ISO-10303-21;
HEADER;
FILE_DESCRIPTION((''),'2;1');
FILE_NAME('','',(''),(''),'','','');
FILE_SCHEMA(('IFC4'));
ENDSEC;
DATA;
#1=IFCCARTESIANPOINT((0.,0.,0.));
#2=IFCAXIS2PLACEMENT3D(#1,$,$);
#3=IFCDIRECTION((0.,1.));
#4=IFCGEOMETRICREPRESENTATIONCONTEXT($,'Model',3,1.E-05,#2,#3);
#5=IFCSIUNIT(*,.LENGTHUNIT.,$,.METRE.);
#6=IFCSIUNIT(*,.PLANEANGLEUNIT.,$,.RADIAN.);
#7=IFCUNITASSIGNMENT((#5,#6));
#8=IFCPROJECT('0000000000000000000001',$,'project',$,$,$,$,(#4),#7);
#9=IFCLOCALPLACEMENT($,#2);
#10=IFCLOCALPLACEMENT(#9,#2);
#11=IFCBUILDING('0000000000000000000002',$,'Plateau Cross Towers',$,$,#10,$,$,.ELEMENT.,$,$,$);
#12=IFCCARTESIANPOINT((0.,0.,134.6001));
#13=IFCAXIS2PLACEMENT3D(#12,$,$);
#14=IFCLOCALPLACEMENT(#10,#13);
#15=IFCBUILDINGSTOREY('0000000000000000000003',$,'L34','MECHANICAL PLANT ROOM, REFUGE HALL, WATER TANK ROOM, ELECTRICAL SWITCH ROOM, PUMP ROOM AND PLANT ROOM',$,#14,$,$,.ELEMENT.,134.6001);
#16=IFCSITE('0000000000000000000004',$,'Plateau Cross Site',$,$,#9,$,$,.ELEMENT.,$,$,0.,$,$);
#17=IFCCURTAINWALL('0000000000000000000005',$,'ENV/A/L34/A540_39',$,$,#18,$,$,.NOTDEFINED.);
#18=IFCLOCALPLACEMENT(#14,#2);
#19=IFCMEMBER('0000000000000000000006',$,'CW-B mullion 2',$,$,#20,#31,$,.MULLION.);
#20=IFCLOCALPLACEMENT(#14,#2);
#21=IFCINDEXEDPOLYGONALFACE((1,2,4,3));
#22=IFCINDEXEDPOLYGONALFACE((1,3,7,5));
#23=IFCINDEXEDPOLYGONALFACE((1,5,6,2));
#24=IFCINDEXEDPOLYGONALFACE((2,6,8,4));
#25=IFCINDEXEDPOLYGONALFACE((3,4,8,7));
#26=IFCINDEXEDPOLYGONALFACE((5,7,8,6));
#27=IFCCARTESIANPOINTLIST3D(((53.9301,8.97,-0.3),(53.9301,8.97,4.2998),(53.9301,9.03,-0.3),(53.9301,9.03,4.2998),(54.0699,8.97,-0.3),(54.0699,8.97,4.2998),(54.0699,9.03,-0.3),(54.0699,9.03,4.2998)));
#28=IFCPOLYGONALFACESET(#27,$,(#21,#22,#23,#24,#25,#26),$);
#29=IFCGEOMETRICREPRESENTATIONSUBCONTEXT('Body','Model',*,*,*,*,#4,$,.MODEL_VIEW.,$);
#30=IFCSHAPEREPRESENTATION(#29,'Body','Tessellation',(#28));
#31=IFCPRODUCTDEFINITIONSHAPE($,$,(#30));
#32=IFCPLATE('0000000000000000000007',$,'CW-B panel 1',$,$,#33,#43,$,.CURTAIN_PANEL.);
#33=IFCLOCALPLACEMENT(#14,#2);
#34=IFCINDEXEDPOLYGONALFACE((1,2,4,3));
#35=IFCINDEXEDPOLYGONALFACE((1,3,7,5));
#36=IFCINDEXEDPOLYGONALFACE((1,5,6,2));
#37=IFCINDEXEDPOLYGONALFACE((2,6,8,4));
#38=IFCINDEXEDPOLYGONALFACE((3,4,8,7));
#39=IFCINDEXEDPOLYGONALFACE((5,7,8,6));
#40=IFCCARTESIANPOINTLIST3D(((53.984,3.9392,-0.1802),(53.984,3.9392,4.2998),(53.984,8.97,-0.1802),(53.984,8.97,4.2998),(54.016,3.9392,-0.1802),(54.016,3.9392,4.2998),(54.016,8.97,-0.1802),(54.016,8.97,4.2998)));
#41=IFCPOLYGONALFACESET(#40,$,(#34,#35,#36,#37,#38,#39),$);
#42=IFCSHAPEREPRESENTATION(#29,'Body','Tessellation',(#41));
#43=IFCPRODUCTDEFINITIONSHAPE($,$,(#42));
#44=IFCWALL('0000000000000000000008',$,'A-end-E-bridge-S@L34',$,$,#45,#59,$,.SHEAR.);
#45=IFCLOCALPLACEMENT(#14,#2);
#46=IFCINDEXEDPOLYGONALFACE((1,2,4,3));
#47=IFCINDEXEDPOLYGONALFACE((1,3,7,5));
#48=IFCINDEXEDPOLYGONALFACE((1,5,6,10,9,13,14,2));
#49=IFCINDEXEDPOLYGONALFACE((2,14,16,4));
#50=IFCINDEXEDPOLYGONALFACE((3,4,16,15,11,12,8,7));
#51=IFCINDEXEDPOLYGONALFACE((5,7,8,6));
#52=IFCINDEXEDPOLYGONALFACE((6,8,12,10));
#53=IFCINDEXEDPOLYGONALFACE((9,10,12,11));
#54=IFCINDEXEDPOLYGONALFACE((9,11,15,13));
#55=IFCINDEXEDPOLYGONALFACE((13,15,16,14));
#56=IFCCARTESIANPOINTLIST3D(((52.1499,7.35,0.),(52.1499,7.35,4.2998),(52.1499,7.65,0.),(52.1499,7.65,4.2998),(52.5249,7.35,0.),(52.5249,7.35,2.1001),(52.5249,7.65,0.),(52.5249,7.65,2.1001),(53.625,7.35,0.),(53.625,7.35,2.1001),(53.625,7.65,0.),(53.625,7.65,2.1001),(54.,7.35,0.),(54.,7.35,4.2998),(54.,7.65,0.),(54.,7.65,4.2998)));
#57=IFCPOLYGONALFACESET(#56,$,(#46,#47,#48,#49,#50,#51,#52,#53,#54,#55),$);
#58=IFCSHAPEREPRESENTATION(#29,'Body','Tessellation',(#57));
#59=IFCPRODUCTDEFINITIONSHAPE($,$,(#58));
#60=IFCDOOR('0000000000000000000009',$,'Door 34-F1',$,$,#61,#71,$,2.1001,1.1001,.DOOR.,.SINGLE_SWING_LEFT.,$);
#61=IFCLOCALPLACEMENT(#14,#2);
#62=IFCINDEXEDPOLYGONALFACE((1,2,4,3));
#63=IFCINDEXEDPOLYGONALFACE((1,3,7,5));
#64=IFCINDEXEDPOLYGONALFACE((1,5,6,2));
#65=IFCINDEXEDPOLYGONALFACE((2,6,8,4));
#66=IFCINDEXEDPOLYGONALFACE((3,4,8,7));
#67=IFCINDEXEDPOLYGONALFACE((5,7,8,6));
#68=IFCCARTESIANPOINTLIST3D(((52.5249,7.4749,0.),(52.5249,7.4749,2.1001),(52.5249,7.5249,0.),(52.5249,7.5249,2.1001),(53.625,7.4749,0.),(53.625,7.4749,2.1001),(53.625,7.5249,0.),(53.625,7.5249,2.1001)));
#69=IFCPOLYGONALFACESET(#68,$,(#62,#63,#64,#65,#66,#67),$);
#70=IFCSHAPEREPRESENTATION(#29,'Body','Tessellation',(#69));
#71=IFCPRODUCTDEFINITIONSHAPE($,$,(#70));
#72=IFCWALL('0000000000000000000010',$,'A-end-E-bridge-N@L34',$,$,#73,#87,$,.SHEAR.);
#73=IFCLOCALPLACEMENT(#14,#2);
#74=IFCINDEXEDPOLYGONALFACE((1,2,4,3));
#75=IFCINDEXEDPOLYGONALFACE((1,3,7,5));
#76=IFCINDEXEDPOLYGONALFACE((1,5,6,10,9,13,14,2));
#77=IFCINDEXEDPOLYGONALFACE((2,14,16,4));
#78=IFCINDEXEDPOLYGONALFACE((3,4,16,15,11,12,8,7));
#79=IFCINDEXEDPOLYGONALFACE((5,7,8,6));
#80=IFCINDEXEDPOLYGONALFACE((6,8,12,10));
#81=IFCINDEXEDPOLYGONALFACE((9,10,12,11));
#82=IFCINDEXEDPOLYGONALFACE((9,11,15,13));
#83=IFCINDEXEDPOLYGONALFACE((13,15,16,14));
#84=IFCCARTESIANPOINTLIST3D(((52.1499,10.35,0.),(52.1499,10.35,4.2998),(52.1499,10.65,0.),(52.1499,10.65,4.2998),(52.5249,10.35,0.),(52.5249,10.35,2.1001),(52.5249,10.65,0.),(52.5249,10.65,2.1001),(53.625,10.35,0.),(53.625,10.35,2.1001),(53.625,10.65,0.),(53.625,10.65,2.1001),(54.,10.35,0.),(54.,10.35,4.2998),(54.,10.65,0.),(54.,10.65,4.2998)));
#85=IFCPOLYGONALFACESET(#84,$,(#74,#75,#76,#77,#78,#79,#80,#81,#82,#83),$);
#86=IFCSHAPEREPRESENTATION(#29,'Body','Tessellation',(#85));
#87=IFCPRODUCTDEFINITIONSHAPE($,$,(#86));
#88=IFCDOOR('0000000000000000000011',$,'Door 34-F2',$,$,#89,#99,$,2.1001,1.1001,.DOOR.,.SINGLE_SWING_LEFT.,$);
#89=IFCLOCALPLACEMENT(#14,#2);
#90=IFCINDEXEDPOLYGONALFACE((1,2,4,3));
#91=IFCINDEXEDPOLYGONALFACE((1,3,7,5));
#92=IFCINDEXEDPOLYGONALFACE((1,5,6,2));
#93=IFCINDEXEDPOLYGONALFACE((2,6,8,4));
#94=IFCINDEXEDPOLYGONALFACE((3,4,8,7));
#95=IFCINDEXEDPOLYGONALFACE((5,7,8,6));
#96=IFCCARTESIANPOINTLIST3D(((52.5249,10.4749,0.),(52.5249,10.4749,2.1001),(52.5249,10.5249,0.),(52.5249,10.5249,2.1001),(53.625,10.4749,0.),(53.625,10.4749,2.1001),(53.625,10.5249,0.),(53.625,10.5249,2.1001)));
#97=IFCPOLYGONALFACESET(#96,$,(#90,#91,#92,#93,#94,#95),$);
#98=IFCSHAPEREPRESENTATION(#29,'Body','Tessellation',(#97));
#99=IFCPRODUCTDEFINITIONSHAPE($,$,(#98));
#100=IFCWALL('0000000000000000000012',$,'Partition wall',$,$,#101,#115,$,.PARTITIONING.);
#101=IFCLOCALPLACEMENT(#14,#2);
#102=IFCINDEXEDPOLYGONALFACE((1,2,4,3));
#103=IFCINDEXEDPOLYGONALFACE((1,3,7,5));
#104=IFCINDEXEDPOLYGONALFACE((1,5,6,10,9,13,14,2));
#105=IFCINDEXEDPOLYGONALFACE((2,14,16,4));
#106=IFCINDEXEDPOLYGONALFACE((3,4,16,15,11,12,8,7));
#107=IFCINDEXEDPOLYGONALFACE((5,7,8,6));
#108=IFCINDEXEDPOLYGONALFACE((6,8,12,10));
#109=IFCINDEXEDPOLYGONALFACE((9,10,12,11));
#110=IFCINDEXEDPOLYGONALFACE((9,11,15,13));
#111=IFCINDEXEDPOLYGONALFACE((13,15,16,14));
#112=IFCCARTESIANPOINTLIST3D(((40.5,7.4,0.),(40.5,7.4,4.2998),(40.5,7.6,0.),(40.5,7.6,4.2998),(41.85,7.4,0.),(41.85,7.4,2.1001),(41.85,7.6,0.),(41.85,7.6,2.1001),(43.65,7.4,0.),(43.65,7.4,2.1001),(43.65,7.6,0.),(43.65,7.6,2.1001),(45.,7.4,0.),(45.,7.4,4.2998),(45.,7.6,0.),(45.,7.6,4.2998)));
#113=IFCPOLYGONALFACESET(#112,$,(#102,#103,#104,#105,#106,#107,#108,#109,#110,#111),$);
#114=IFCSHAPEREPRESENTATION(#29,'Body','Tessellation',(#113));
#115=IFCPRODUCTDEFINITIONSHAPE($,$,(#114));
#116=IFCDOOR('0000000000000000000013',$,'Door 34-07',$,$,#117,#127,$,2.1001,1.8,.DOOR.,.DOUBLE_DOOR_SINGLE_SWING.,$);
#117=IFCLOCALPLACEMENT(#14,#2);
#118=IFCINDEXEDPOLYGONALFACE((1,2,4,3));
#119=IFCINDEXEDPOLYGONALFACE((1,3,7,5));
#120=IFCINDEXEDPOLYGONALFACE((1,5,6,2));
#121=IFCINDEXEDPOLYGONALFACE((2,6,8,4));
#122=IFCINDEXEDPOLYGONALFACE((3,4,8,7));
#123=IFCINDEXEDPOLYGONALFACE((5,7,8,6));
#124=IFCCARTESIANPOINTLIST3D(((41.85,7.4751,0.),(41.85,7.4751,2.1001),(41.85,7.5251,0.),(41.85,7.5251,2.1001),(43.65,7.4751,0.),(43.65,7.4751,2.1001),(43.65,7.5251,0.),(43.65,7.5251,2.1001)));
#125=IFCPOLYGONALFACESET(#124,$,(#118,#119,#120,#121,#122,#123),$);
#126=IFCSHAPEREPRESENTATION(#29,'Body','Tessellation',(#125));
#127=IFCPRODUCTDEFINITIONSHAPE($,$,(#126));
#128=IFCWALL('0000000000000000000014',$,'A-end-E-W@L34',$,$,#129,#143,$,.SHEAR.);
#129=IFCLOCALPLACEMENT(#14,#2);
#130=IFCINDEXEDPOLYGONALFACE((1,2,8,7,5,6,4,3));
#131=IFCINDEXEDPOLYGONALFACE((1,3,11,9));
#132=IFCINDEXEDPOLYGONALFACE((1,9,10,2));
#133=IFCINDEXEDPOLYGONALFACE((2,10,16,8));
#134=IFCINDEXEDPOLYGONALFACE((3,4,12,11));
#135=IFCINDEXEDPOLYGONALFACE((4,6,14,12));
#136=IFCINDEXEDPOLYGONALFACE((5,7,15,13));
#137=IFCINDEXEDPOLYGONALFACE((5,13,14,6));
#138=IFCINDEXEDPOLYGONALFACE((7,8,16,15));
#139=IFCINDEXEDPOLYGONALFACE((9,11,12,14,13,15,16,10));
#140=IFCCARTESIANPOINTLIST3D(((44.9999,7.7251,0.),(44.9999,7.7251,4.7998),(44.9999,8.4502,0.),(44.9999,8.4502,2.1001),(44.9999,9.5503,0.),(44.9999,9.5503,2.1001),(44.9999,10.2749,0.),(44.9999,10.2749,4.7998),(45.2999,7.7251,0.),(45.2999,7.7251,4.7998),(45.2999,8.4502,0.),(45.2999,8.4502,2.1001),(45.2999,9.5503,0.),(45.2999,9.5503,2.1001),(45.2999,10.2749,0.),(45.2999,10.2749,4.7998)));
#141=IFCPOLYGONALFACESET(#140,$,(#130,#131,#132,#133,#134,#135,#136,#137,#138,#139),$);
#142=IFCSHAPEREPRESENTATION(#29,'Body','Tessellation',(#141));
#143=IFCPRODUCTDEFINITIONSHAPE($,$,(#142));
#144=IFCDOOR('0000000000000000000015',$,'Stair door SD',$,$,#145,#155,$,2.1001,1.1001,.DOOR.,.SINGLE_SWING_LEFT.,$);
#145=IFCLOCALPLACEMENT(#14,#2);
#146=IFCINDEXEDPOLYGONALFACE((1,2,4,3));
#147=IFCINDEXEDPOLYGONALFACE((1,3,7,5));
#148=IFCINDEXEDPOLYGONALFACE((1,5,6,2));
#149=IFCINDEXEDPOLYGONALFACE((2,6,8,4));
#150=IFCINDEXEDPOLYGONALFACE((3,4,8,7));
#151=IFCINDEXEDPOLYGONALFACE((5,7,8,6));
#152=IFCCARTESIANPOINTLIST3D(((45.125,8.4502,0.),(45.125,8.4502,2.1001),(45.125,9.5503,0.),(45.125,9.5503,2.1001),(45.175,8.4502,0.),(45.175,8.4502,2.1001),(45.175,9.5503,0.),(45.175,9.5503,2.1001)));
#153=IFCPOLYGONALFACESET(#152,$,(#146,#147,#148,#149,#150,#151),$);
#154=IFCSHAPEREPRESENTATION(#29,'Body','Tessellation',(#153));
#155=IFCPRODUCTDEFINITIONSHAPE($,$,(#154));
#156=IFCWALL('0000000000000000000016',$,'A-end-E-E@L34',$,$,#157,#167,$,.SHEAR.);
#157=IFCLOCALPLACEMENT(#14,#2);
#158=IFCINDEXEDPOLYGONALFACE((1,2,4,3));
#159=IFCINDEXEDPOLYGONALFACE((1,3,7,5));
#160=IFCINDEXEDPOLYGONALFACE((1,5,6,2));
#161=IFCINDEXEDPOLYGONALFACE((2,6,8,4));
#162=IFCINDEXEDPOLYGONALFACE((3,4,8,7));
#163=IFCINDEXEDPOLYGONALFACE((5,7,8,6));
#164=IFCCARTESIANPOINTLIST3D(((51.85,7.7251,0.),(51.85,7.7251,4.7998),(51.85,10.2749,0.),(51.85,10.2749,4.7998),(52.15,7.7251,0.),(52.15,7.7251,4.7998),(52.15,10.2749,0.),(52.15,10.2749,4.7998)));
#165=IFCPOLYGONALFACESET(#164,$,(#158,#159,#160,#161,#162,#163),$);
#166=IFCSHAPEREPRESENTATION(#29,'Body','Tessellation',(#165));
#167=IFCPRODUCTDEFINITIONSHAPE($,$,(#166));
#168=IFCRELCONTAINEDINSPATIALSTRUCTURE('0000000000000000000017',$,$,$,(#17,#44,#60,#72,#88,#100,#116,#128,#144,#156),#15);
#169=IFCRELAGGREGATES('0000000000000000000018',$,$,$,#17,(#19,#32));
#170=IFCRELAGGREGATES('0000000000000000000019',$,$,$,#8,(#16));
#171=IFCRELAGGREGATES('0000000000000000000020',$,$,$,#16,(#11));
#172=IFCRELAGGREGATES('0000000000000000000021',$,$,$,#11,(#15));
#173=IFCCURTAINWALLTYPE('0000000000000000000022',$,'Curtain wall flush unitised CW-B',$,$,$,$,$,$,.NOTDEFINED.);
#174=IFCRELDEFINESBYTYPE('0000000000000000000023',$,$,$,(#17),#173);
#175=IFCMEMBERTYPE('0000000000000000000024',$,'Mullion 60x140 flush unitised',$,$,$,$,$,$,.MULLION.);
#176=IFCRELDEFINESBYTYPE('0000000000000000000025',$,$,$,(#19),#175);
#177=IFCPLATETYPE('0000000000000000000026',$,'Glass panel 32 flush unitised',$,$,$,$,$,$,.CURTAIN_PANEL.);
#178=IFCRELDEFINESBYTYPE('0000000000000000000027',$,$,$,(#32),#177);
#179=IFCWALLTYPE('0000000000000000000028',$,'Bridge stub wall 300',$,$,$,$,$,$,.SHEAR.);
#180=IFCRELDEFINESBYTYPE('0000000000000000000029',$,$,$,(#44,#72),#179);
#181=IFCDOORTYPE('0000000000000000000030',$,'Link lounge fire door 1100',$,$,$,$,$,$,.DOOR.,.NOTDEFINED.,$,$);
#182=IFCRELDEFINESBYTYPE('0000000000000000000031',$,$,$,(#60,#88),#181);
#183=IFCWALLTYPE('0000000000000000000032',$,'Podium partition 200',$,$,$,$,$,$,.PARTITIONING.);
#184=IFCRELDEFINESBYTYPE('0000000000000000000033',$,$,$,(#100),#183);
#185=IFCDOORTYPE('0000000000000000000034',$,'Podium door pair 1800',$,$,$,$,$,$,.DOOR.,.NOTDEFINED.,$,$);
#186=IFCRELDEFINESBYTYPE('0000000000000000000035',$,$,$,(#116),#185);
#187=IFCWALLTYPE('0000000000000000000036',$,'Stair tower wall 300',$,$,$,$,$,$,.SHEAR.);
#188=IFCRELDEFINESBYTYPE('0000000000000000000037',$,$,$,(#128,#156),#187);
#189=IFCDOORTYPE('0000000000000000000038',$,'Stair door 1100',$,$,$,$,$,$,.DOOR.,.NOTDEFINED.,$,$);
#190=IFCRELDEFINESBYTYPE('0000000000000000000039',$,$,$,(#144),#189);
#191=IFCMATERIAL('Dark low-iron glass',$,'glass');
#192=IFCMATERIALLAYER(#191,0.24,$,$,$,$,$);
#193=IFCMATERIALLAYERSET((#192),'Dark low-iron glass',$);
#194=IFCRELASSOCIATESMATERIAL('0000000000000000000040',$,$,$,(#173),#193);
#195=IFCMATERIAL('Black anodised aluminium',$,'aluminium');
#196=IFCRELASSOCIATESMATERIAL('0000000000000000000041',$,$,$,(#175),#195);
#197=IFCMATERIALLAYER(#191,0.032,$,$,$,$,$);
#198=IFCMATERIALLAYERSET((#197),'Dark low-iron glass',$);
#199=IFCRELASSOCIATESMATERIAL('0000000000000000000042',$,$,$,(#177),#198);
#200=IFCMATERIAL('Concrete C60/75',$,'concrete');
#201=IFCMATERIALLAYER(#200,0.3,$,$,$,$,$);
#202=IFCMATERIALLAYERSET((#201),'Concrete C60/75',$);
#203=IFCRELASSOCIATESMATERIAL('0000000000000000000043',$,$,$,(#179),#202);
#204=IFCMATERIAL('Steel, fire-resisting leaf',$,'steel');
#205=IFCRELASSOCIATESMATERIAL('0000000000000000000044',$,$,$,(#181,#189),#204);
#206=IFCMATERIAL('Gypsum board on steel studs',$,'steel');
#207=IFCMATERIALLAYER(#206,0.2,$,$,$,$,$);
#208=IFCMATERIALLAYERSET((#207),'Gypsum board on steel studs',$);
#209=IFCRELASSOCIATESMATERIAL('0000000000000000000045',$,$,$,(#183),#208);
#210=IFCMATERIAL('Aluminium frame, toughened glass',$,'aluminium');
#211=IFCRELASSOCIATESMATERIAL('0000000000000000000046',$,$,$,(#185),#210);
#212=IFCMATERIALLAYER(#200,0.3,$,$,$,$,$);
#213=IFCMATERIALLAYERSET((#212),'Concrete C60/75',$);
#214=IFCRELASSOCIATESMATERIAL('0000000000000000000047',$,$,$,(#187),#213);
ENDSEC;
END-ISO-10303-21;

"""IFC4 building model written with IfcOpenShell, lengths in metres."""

from ifc_helpers import new_model, si_unit, direction, frame, frame_2d, origin, origin_2d, place, context, subcontext, project, spatial, rectangle, extrude, material, layer, layer_set, material_profile, profile_set, type_object, element, fill, aggregate, save


model = new_model("IFC4")

# Units and contexts
model_context = context("Model", 3, precision=1e-05, world=origin(), true_north=direction((0.0, 1.0)))
body_context = subcontext(model_context, "Body", "Model", "MODEL_VIEW")
ifc_project = project(units=[si_unit("LENGTHUNIT", "METRE"), si_unit("PLANEANGLEUNIT", "RADIAN")], contexts=[model_context])

# Site, building, storey
site_placement = place(None, origin())
site = spatial("IfcSite", under=ifc_project, at=site_placement, Name="Plateau Cross Site", CompositionType="ELEMENT", RefElevation=0.0)
building_placement = place(site_placement, origin())
building = spatial("IfcBuilding", under=site, at=building_placement, Name="Plateau Cross Towers", CompositionType="ELEMENT")
storey_placement = place(building_placement, frame((0.0, 0.0, 134.6001)))
storey = spatial("IfcBuildingStorey", under=building, at=storey_placement, Name="L34", Description="MECHANICAL PLANT ROOM, REFUGE HALL, WATER TANK ROOM, ELECTRICAL SWITCH ROOM, PUMP ROOM AND PLANT ROOM", CompositionType="ELEMENT", Elevation=134.6001)

# Curtain wall, member, plate
ifc_material_1 = material(Name="Dark low-iron glass", Category="glass")
ifc_layer_1 = layer(ifc_material_1, 0.24)
ifc_layer_set_1 = layer_set([ifc_layer_1], Name="Dark low-iron glass")
curtain_wall_type = type_object("IfcCurtainWallType", Name="Curtain wall flush unitised CW-B", PredefinedType="NOTDEFINED", material=ifc_layer_set_1)
curtain_wall_placement = place(storey_placement, origin())
curtain_wall = element("IfcCurtainWall", 1, at=curtain_wall_placement, inside=storey, type_object=curtain_wall_type, Name="ENV/A/L34/A540_39", PredefinedType="NOTDEFINED")
ifc_material_2 = material(Name="Black anodised aluminium", Category="aluminium")
ifc_material_profile = material_profile(ifc_material_2, rectangle(XDim=0.0601, YDim=0.1399, at=origin_2d()), Name="MULLION 60x140")
ifc_profile_set = profile_set([ifc_material_profile], Name="Black anodised aluminium")
member_type = type_object("IfcMemberType", Name="Mullion 60x140 flush unitised", PredefinedType="MULLION", material=ifc_profile_set)
member_placement = place(storey_placement, frame((54.0, 9.0, -0.3), z_axis=(0.0, 0.0, 1.0), x_axis=(0.0, 1.0, 0.0)))
member = element("IfcMember", 2, at=member_placement, type_object=member_type, Name="CW-B mullion 2", PredefinedType="MULLION", context=body_context, shape_type="SweptSolid", body=[
    extrude(rectangle(XDim=0.0601, YDim=0.1399, at=origin_2d()), origin(), (0.0, 0.0, 1.0), 4.5999),
])
ifc_layer_2 = layer(ifc_material_1, 0.032)
ifc_layer_set_2 = layer_set([ifc_layer_2], Name="Dark low-iron glass")
plate_type = type_object("IfcPlateType", Name="Glass panel 32 flush unitised", PredefinedType="CURTAIN_PANEL", material=ifc_layer_set_2)
plate_placement = place(storey_placement, frame((54.0, 6.4546, -0.1802), z_axis=(0.0, 0.0, 1.0), x_axis=(0.0, 1.0, 0.0)))
plate = element("IfcPlate", 3, at=plate_placement, type_object=plate_type, Name="CW-B panel 1", PredefinedType="CURTAIN_PANEL", context=body_context, shape_type="SweptSolid", body=[
    extrude(rectangle(XDim=5.0308, YDim=0.032, at=origin_2d()), origin(), (0.0, 0.0, 1.0), 4.48),
])
aggregate(curtain_wall, [member, plate])

# Walls, openings, doors
ifc_material_3 = material(Name="Concrete C60/75", Category="concrete")
ifc_layer_3 = layer(ifc_material_3, 0.3)
ifc_layer_set_3 = layer_set([ifc_layer_3], Name="Concrete C60/75")
wall_type_1 = type_object("IfcWallType", Name="Bridge stub wall 300", PredefinedType="SHEAR", material=ifc_layer_set_3)
wall_1_placement = place(storey_placement, frame((52.1499, 7.5, 0.0), z_axis=(0.0, 0.0, 1.0), x_axis=(1.0, 0.0, 0.0)))
wall_1 = element("IfcWall", 4, at=wall_1_placement, inside=storey, type_object=wall_type_1, Name="A-end-E-bridge-S@L34", PredefinedType="SHEAR", context=body_context, shape_type="SweptSolid", body=[
    extrude(rectangle(XDim=1.8501, YDim=0.3, at=frame_2d((0.925, 0.0))), origin(), (0.0, 0.0, 1.0), 4.2998),
])
opening_1_placement = place(wall_1_placement, frame((0.375, 0.0, 0.0)))
opening_1 = element("IfcOpeningElement", 5, at=opening_1_placement, cuts=wall_1, PredefinedType="OPENING", context=body_context, shape_type="SweptSolid", body=[
    extrude(rectangle(XDim=1.1001, YDim=2.1001, at=frame_2d((0.55, 1.05))), frame((0.0, 0.1599, 0.0), z_axis=(0.0, -1.0, 0.0), x_axis=(1.0, 0.0, 0.0)), (0.0, 0.0, 1.0), 0.3201),
])
ifc_material_4 = material(Name="Steel, fire-resisting leaf", Category="steel")
door_type_1 = type_object("IfcDoorType", Name="Link lounge fire door 1100", OperationType="NOTDEFINED", PredefinedType="DOOR", material=ifc_material_4)
door_1_placement = place(opening_1_placement, origin())
door_1 = element("IfcDoor", 6, at=door_1_placement, inside=storey, type_object=door_type_1, Name="Door 34-F1", OperationType="SINGLE_SWING_LEFT", OverallHeight=2.1001, OverallWidth=1.1001, PredefinedType="DOOR", context=body_context, shape_type="SweptSolid", body=[
    extrude(rectangle(XDim=1.1001, YDim=2.1001, at=frame_2d((0.55, 1.05))), frame((0.0, 0.0249, 0.0), z_axis=(0.0, -1.0, 0.0), x_axis=(1.0, 0.0, 0.0)), (0.0, 0.0, 1.0), 0.05),
])
fill(opening_1, door_1)
wall_2_placement = place(storey_placement, frame((52.1499, 10.5, 0.0), z_axis=(0.0, 0.0, 1.0), x_axis=(1.0, 0.0, 0.0)))
wall_2 = element("IfcWall", 7, at=wall_2_placement, inside=storey, type_object=wall_type_1, Name="A-end-E-bridge-N@L34", PredefinedType="SHEAR", context=body_context, shape_type="SweptSolid", body=[
    extrude(rectangle(XDim=1.8501, YDim=0.3, at=frame_2d((0.925, 0.0))), origin(), (0.0, 0.0, 1.0), 4.2998),
])
opening_2_placement = place(wall_2_placement, frame((0.375, 0.0, 0.0)))
opening_2 = element("IfcOpeningElement", 8, at=opening_2_placement, cuts=wall_2, PredefinedType="OPENING", context=body_context, shape_type="SweptSolid", body=[
    extrude(rectangle(XDim=1.1001, YDim=2.1001, at=frame_2d((0.55, 1.05))), frame((0.0, 0.1599, 0.0), z_axis=(0.0, -1.0, 0.0), x_axis=(1.0, 0.0, 0.0)), (0.0, 0.0, 1.0), 0.3201),
])
door_2_placement = place(opening_2_placement, origin())
door_2 = element("IfcDoor", 9, at=door_2_placement, inside=storey, type_object=door_type_1, Name="Door 34-F2", OperationType="SINGLE_SWING_LEFT", OverallHeight=2.1001, OverallWidth=1.1001, PredefinedType="DOOR", context=body_context, shape_type="SweptSolid", body=[
    extrude(rectangle(XDim=1.1001, YDim=2.1001, at=frame_2d((0.55, 1.05))), frame((0.0, 0.0249, 0.0), z_axis=(0.0, -1.0, 0.0), x_axis=(1.0, 0.0, 0.0)), (0.0, 0.0, 1.0), 0.05),
])
fill(opening_2, door_2)
ifc_material_5 = material(Name="Gypsum board on steel studs", Category="steel")
ifc_layer_4 = layer(ifc_material_5, 0.2)
ifc_layer_set_4 = layer_set([ifc_layer_4], Name="Gypsum board on steel studs")
wall_type_2 = type_object("IfcWallType", Name="Podium partition 200", PredefinedType="PARTITIONING", material=ifc_layer_set_4)
wall_3_placement = place(storey_placement, frame((45.0, 7.5, 0.0), z_axis=(0.0, 0.0, 1.0), x_axis=(-1.0, 0.0, 0.0)))
wall_3 = element("IfcWall", 10, at=wall_3_placement, inside=storey, type_object=wall_type_2, Name="Partition wall", PredefinedType="PARTITIONING", context=body_context, shape_type="SweptSolid", body=[
    extrude(rectangle(XDim=4.5, YDim=0.2, at=frame_2d((2.25, 0.0))), origin(), (0.0, 0.0, 1.0), 4.2998),
])
opening_3_placement = place(wall_3_placement, frame((1.3501, 0.0, 0.0)))
opening_3 = element("IfcOpeningElement", 11, at=opening_3_placement, cuts=wall_3, PredefinedType="OPENING", context=body_context, shape_type="SweptSolid", body=[
    extrude(rectangle(XDim=1.8, YDim=2.1001, at=frame_2d((0.8999, 1.05))), frame((0.0, 0.1099, 0.0), z_axis=(0.0, -1.0, 0.0), x_axis=(1.0, 0.0, 0.0)), (0.0, 0.0, 1.0), 0.22),
])
ifc_material_6 = material(Name="Aluminium frame, toughened glass", Category="aluminium")
door_type_2 = type_object("IfcDoorType", Name="Podium door pair 1800", OperationType="NOTDEFINED", PredefinedType="DOOR", material=ifc_material_6)
door_3_placement = place(opening_3_placement, origin())
door_3 = element("IfcDoor", 12, at=door_3_placement, inside=storey, type_object=door_type_2, Name="Door 34-07", OperationType="DOUBLE_DOOR_SINGLE_SWING", OverallHeight=2.1001, OverallWidth=1.8, PredefinedType="DOOR", context=body_context, shape_type="SweptSolid", body=[
    extrude(rectangle(XDim=1.8, YDim=2.1001, at=frame_2d((0.8999, 1.05))), frame((0.0, 0.0249, 0.0), z_axis=(0.0, -1.0, 0.0), x_axis=(1.0, 0.0, 0.0)), (0.0, 0.0, 1.0), 0.05),
])
fill(opening_3, door_3)
ifc_layer_5 = layer(ifc_material_3, 0.3)
ifc_layer_set_5 = layer_set([ifc_layer_5], Name="Concrete C60/75")
wall_type_3 = type_object("IfcWallType", Name="Stair tower wall 300", PredefinedType="SHEAR", material=ifc_layer_set_5)
wall_4_placement = place(storey_placement, frame((45.1499, 7.7251, 0.0), z_axis=(0.0, 0.0, 1.0), x_axis=(0.0, 1.0, 0.0)))
wall_4 = element("IfcWall", 13, at=wall_4_placement, inside=storey, type_object=wall_type_3, Name="A-end-E-W@L34", PredefinedType="SHEAR", context=body_context, shape_type="SweptSolid", body=[
    extrude(rectangle(XDim=2.5498, YDim=0.3, at=frame_2d((1.2749, 0.0))), origin(), (0.0, 0.0, 1.0), 4.7998),
])
opening_4_placement = place(wall_4_placement, frame((0.7251, 0.0, 0.0)))
opening_4 = element("IfcOpeningElement", 14, at=opening_4_placement, cuts=wall_4, PredefinedType="OPENING", context=body_context, shape_type="SweptSolid", body=[
    extrude(rectangle(XDim=1.1001, YDim=2.1001, at=frame_2d((0.55, 1.05))), frame((0.0, 0.1599, 0.0), z_axis=(0.0, -1.0, 0.0), x_axis=(1.0, 0.0, 0.0)), (0.0, 0.0, 1.0), 0.3201),
])
door_type_3 = type_object("IfcDoorType", Name="Stair door 1100", OperationType="NOTDEFINED", PredefinedType="DOOR", material=ifc_material_4)
door_4_placement = place(opening_4_placement, origin())
door_4 = element("IfcDoor", 15, at=door_4_placement, inside=storey, type_object=door_type_3, Name="Stair door SD", OperationType="SINGLE_SWING_LEFT", OverallHeight=2.1001, OverallWidth=1.1001, PredefinedType="DOOR", context=body_context, shape_type="SweptSolid", body=[
    extrude(rectangle(XDim=1.1001, YDim=2.1001, at=frame_2d((0.55, 1.05))), frame((0.0, 0.0249, 0.0), z_axis=(0.0, -1.0, 0.0), x_axis=(1.0, 0.0, 0.0)), (0.0, 0.0, 1.0), 0.05),
])
fill(opening_4, door_4)

# Wall
wall_5_placement = place(storey_placement, frame((52.0, 7.7251, 0.0), z_axis=(0.0, 0.0, 1.0), x_axis=(0.0, 1.0, 0.0)))
element("IfcWall", 16, at=wall_5_placement, inside=storey, type_object=wall_type_3, Name="A-end-E-E@L34", PredefinedType="SHEAR", context=body_context, shape_type="SweptSolid", body=[
    extrude(rectangle(XDim=2.5498, YDim=0.3, at=frame_2d((1.2749, 0.0))), origin(), (0.0, 0.0, 1.0), 4.7998),
])

save(model, "model.ifc")
